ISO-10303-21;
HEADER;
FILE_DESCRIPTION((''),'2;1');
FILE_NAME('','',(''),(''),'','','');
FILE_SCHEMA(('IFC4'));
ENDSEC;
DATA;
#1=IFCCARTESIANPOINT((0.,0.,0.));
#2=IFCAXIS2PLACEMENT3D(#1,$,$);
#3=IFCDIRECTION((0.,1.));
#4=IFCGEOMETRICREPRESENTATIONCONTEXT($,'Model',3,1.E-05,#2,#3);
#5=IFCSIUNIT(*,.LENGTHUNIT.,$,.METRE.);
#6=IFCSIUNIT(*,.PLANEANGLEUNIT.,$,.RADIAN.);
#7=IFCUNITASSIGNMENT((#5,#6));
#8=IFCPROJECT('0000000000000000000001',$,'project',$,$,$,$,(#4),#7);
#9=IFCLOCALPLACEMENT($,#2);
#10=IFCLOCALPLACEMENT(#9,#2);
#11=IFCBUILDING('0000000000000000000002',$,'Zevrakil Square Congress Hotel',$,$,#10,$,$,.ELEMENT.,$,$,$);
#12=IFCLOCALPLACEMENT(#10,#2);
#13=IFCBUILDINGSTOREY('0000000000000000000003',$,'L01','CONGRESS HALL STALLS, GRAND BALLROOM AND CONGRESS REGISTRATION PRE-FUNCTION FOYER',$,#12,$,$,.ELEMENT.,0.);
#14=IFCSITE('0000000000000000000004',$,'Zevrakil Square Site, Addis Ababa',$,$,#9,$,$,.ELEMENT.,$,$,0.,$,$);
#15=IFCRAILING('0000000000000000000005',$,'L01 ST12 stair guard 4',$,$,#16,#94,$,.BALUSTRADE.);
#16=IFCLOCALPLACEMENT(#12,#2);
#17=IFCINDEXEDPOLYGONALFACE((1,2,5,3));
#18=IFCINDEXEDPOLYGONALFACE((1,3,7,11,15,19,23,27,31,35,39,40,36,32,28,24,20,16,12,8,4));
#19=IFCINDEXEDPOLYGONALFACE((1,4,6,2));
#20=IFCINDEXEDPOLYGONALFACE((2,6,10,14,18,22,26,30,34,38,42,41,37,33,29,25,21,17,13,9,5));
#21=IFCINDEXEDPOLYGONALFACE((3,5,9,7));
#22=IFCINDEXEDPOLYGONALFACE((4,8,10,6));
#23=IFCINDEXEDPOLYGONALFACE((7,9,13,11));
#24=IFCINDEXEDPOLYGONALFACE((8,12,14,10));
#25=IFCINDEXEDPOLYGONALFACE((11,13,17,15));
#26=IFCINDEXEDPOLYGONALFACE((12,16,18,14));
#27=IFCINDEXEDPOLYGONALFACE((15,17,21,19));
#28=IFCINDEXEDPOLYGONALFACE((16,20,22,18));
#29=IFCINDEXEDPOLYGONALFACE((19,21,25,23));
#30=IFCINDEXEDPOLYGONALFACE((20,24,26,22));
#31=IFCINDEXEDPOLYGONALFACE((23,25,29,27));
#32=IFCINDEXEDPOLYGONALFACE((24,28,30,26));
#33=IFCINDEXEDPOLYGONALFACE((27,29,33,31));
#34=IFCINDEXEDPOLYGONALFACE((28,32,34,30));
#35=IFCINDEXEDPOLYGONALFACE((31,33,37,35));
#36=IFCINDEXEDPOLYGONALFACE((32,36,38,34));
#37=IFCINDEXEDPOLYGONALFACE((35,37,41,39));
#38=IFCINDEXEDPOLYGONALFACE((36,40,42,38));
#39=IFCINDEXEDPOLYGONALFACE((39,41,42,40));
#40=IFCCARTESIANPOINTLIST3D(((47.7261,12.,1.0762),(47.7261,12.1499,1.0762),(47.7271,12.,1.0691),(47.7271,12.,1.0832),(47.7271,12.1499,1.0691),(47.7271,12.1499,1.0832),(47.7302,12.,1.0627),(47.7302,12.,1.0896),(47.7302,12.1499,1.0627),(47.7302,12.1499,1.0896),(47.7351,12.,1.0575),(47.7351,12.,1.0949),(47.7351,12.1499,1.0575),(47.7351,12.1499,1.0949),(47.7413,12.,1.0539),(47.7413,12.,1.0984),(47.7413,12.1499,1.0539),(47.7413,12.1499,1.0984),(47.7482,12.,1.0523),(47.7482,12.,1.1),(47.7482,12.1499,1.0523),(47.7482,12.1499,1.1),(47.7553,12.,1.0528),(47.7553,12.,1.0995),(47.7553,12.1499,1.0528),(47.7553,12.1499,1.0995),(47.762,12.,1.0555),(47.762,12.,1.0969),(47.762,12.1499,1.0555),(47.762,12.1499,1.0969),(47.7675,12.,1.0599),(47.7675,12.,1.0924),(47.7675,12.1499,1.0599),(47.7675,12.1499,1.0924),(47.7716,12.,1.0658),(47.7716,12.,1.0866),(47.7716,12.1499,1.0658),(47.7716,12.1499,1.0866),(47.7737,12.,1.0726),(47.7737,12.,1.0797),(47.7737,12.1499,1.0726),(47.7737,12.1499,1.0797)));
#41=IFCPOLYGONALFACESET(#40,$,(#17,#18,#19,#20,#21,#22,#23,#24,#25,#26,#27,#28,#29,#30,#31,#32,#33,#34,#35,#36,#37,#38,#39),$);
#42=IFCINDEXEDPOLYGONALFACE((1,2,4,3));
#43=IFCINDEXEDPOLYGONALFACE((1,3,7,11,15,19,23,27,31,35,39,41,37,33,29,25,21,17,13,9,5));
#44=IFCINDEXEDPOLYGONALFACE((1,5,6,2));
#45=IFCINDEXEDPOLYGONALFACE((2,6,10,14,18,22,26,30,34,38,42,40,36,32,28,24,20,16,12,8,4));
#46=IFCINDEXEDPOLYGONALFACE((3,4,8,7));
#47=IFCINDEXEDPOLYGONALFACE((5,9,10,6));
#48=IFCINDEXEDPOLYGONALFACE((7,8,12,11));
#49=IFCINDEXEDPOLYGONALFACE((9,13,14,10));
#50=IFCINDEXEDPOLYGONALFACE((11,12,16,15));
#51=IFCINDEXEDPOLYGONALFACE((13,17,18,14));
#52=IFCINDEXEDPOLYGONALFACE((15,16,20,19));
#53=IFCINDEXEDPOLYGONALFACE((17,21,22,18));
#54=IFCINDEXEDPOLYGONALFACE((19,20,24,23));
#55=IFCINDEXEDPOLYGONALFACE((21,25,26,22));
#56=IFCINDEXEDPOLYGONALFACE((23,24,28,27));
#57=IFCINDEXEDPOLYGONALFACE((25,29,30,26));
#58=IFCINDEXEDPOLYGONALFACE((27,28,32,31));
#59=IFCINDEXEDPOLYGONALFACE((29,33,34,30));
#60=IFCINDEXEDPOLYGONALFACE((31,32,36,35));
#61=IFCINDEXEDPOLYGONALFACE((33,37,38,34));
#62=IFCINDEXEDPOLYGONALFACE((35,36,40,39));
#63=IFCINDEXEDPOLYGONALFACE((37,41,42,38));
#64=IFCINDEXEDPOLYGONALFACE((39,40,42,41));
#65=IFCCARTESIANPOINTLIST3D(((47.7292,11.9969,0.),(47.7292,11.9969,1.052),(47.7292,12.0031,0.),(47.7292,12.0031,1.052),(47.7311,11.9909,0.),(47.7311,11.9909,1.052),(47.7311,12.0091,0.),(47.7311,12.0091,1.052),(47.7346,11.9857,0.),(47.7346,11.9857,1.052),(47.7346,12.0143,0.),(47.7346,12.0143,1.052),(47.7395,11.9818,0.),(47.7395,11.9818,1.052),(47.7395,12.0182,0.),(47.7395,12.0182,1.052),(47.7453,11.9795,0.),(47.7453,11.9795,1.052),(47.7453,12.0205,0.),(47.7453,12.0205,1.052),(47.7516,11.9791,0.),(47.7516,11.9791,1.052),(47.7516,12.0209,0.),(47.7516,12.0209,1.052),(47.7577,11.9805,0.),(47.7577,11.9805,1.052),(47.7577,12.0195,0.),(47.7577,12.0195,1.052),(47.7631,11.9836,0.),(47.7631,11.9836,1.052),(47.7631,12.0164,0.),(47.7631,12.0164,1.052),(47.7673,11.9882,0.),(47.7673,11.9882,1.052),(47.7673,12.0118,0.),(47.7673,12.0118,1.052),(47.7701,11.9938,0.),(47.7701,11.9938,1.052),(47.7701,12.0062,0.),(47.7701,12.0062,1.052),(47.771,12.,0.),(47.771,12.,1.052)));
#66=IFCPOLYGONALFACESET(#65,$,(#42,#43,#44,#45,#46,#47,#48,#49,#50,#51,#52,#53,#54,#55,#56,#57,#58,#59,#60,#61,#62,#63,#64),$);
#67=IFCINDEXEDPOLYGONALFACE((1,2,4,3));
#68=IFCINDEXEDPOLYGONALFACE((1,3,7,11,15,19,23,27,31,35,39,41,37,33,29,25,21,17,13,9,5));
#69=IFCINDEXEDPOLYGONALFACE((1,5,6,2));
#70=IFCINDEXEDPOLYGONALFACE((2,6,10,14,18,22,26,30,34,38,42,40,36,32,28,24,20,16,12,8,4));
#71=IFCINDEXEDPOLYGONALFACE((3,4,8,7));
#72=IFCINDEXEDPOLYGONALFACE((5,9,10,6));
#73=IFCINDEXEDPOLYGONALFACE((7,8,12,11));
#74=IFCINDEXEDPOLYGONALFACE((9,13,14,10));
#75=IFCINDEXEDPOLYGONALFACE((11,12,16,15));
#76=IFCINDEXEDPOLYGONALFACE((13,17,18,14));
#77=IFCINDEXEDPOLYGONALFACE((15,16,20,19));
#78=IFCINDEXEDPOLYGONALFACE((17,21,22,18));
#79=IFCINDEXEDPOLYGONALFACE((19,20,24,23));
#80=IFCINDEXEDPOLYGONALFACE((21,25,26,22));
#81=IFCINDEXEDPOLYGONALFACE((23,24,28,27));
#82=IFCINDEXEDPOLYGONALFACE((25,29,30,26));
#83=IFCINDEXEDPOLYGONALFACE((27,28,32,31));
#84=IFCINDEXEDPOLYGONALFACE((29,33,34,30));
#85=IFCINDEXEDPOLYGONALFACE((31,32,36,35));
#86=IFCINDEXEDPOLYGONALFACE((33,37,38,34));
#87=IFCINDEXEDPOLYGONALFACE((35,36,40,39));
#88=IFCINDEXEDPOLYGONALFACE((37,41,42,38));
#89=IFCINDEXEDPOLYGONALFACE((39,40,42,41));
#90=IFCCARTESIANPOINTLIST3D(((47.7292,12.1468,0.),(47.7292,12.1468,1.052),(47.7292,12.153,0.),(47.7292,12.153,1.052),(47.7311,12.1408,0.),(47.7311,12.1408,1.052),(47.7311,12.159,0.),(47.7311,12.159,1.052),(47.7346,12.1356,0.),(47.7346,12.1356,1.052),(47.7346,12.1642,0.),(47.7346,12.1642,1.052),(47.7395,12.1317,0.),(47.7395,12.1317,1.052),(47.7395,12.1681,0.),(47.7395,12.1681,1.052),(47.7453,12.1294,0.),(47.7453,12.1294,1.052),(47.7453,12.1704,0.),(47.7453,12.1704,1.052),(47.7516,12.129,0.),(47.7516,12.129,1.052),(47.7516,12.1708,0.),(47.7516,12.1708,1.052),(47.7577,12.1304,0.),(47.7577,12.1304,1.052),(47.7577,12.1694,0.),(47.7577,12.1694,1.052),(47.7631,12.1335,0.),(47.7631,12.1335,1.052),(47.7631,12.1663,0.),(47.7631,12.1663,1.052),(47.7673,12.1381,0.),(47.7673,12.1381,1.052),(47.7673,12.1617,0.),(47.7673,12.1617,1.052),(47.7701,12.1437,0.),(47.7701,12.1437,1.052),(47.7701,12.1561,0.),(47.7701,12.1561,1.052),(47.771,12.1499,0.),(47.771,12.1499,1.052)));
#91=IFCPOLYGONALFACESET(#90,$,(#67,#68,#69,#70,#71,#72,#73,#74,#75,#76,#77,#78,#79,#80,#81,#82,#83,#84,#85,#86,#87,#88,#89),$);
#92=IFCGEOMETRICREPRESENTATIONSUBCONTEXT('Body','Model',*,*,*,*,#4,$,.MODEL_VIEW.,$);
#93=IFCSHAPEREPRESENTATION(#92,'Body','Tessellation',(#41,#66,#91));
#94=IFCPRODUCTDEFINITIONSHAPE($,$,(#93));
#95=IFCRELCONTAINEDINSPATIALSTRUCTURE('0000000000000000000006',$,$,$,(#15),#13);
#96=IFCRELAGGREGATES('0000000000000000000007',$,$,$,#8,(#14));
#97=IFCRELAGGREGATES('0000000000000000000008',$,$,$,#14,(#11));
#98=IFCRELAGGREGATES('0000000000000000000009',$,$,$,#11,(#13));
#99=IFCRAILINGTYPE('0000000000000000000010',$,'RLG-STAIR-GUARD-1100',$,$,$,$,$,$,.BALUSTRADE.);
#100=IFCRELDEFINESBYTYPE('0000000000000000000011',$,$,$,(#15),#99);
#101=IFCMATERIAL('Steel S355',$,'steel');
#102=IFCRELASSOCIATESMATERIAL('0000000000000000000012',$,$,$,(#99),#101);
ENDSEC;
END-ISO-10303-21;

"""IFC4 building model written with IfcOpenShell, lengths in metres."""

from ifc_helpers import new_model, si_unit, direction, frame, origin, origin_2d, place, context, subcontext, project, spatial, circle, extrude, material, type_object, element, save


model = new_model("IFC4")

# Units and contexts
model_context = context("Model", 3, precision=1e-05, world=origin(), true_north=direction((0.0, 1.0)))
body_context = subcontext(model_context, "Body", "Model", "MODEL_VIEW")
ifc_project = project(units=[si_unit("LENGTHUNIT", "METRE"), si_unit("PLANEANGLEUNIT", "RADIAN")], contexts=[model_context])

# Site, building, storey
site_placement = place(None, origin())
site = spatial("IfcSite", under=ifc_project, at=site_placement, Name="Zevrakil Square Site, Addis Ababa", CompositionType="ELEMENT", RefElevation=0.0)
building_placement = place(site_placement, origin())
building = spatial("IfcBuilding", under=site, at=building_placement, Name="Zevrakil Square Congress Hotel", CompositionType="ELEMENT")
storey_placement = place(building_placement, origin())
storey = spatial("IfcBuildingStorey", under=building, at=storey_placement, Name="L01", Description="CONGRESS HALL STALLS, GRAND BALLROOM AND CONGRESS REGISTRATION PRE-FUNCTION FOYER", CompositionType="ELEMENT", Elevation=0.0)

# Railing
ifc_material_1 = material(Name="Steel S355", Category="steel")
railing_type_1 = type_object("IfcRailingType", Name="RLG-STAIR-GUARD-1100", PredefinedType="BALUSTRADE", material=ifc_material_1)
railing_1_placement = place(storey_placement, frame((47.75, 12.0, 0.0)))
element("IfcRailing", 1, at=railing_1_placement, inside=storey, type_object=railing_type_1, Name="L01 ST12 stair guard 4", PredefinedType="BALUSTRADE", context=body_context, shape_type="SweptSolid", body=[
    extrude(circle(Radius=0.0239, at=origin_2d()), frame((0.0, 0.0, 1.0762), z_axis=(0.0, 1.0, 0.0), x_axis=(-1.0, 0.0, 0.0)), (0.0, 0.0, 1.0), 0.1499),
    extrude(circle(Radius=0.021, at=origin_2d()), origin(), (0.0, 0.0, 1.0), 1.052),
    extrude(circle(Radius=0.021, at=origin_2d()), frame((0.0, 0.1499, 0.0)), (0.0, 0.0, 1.0), 1.052),
])

save(model, "model.ifc")
